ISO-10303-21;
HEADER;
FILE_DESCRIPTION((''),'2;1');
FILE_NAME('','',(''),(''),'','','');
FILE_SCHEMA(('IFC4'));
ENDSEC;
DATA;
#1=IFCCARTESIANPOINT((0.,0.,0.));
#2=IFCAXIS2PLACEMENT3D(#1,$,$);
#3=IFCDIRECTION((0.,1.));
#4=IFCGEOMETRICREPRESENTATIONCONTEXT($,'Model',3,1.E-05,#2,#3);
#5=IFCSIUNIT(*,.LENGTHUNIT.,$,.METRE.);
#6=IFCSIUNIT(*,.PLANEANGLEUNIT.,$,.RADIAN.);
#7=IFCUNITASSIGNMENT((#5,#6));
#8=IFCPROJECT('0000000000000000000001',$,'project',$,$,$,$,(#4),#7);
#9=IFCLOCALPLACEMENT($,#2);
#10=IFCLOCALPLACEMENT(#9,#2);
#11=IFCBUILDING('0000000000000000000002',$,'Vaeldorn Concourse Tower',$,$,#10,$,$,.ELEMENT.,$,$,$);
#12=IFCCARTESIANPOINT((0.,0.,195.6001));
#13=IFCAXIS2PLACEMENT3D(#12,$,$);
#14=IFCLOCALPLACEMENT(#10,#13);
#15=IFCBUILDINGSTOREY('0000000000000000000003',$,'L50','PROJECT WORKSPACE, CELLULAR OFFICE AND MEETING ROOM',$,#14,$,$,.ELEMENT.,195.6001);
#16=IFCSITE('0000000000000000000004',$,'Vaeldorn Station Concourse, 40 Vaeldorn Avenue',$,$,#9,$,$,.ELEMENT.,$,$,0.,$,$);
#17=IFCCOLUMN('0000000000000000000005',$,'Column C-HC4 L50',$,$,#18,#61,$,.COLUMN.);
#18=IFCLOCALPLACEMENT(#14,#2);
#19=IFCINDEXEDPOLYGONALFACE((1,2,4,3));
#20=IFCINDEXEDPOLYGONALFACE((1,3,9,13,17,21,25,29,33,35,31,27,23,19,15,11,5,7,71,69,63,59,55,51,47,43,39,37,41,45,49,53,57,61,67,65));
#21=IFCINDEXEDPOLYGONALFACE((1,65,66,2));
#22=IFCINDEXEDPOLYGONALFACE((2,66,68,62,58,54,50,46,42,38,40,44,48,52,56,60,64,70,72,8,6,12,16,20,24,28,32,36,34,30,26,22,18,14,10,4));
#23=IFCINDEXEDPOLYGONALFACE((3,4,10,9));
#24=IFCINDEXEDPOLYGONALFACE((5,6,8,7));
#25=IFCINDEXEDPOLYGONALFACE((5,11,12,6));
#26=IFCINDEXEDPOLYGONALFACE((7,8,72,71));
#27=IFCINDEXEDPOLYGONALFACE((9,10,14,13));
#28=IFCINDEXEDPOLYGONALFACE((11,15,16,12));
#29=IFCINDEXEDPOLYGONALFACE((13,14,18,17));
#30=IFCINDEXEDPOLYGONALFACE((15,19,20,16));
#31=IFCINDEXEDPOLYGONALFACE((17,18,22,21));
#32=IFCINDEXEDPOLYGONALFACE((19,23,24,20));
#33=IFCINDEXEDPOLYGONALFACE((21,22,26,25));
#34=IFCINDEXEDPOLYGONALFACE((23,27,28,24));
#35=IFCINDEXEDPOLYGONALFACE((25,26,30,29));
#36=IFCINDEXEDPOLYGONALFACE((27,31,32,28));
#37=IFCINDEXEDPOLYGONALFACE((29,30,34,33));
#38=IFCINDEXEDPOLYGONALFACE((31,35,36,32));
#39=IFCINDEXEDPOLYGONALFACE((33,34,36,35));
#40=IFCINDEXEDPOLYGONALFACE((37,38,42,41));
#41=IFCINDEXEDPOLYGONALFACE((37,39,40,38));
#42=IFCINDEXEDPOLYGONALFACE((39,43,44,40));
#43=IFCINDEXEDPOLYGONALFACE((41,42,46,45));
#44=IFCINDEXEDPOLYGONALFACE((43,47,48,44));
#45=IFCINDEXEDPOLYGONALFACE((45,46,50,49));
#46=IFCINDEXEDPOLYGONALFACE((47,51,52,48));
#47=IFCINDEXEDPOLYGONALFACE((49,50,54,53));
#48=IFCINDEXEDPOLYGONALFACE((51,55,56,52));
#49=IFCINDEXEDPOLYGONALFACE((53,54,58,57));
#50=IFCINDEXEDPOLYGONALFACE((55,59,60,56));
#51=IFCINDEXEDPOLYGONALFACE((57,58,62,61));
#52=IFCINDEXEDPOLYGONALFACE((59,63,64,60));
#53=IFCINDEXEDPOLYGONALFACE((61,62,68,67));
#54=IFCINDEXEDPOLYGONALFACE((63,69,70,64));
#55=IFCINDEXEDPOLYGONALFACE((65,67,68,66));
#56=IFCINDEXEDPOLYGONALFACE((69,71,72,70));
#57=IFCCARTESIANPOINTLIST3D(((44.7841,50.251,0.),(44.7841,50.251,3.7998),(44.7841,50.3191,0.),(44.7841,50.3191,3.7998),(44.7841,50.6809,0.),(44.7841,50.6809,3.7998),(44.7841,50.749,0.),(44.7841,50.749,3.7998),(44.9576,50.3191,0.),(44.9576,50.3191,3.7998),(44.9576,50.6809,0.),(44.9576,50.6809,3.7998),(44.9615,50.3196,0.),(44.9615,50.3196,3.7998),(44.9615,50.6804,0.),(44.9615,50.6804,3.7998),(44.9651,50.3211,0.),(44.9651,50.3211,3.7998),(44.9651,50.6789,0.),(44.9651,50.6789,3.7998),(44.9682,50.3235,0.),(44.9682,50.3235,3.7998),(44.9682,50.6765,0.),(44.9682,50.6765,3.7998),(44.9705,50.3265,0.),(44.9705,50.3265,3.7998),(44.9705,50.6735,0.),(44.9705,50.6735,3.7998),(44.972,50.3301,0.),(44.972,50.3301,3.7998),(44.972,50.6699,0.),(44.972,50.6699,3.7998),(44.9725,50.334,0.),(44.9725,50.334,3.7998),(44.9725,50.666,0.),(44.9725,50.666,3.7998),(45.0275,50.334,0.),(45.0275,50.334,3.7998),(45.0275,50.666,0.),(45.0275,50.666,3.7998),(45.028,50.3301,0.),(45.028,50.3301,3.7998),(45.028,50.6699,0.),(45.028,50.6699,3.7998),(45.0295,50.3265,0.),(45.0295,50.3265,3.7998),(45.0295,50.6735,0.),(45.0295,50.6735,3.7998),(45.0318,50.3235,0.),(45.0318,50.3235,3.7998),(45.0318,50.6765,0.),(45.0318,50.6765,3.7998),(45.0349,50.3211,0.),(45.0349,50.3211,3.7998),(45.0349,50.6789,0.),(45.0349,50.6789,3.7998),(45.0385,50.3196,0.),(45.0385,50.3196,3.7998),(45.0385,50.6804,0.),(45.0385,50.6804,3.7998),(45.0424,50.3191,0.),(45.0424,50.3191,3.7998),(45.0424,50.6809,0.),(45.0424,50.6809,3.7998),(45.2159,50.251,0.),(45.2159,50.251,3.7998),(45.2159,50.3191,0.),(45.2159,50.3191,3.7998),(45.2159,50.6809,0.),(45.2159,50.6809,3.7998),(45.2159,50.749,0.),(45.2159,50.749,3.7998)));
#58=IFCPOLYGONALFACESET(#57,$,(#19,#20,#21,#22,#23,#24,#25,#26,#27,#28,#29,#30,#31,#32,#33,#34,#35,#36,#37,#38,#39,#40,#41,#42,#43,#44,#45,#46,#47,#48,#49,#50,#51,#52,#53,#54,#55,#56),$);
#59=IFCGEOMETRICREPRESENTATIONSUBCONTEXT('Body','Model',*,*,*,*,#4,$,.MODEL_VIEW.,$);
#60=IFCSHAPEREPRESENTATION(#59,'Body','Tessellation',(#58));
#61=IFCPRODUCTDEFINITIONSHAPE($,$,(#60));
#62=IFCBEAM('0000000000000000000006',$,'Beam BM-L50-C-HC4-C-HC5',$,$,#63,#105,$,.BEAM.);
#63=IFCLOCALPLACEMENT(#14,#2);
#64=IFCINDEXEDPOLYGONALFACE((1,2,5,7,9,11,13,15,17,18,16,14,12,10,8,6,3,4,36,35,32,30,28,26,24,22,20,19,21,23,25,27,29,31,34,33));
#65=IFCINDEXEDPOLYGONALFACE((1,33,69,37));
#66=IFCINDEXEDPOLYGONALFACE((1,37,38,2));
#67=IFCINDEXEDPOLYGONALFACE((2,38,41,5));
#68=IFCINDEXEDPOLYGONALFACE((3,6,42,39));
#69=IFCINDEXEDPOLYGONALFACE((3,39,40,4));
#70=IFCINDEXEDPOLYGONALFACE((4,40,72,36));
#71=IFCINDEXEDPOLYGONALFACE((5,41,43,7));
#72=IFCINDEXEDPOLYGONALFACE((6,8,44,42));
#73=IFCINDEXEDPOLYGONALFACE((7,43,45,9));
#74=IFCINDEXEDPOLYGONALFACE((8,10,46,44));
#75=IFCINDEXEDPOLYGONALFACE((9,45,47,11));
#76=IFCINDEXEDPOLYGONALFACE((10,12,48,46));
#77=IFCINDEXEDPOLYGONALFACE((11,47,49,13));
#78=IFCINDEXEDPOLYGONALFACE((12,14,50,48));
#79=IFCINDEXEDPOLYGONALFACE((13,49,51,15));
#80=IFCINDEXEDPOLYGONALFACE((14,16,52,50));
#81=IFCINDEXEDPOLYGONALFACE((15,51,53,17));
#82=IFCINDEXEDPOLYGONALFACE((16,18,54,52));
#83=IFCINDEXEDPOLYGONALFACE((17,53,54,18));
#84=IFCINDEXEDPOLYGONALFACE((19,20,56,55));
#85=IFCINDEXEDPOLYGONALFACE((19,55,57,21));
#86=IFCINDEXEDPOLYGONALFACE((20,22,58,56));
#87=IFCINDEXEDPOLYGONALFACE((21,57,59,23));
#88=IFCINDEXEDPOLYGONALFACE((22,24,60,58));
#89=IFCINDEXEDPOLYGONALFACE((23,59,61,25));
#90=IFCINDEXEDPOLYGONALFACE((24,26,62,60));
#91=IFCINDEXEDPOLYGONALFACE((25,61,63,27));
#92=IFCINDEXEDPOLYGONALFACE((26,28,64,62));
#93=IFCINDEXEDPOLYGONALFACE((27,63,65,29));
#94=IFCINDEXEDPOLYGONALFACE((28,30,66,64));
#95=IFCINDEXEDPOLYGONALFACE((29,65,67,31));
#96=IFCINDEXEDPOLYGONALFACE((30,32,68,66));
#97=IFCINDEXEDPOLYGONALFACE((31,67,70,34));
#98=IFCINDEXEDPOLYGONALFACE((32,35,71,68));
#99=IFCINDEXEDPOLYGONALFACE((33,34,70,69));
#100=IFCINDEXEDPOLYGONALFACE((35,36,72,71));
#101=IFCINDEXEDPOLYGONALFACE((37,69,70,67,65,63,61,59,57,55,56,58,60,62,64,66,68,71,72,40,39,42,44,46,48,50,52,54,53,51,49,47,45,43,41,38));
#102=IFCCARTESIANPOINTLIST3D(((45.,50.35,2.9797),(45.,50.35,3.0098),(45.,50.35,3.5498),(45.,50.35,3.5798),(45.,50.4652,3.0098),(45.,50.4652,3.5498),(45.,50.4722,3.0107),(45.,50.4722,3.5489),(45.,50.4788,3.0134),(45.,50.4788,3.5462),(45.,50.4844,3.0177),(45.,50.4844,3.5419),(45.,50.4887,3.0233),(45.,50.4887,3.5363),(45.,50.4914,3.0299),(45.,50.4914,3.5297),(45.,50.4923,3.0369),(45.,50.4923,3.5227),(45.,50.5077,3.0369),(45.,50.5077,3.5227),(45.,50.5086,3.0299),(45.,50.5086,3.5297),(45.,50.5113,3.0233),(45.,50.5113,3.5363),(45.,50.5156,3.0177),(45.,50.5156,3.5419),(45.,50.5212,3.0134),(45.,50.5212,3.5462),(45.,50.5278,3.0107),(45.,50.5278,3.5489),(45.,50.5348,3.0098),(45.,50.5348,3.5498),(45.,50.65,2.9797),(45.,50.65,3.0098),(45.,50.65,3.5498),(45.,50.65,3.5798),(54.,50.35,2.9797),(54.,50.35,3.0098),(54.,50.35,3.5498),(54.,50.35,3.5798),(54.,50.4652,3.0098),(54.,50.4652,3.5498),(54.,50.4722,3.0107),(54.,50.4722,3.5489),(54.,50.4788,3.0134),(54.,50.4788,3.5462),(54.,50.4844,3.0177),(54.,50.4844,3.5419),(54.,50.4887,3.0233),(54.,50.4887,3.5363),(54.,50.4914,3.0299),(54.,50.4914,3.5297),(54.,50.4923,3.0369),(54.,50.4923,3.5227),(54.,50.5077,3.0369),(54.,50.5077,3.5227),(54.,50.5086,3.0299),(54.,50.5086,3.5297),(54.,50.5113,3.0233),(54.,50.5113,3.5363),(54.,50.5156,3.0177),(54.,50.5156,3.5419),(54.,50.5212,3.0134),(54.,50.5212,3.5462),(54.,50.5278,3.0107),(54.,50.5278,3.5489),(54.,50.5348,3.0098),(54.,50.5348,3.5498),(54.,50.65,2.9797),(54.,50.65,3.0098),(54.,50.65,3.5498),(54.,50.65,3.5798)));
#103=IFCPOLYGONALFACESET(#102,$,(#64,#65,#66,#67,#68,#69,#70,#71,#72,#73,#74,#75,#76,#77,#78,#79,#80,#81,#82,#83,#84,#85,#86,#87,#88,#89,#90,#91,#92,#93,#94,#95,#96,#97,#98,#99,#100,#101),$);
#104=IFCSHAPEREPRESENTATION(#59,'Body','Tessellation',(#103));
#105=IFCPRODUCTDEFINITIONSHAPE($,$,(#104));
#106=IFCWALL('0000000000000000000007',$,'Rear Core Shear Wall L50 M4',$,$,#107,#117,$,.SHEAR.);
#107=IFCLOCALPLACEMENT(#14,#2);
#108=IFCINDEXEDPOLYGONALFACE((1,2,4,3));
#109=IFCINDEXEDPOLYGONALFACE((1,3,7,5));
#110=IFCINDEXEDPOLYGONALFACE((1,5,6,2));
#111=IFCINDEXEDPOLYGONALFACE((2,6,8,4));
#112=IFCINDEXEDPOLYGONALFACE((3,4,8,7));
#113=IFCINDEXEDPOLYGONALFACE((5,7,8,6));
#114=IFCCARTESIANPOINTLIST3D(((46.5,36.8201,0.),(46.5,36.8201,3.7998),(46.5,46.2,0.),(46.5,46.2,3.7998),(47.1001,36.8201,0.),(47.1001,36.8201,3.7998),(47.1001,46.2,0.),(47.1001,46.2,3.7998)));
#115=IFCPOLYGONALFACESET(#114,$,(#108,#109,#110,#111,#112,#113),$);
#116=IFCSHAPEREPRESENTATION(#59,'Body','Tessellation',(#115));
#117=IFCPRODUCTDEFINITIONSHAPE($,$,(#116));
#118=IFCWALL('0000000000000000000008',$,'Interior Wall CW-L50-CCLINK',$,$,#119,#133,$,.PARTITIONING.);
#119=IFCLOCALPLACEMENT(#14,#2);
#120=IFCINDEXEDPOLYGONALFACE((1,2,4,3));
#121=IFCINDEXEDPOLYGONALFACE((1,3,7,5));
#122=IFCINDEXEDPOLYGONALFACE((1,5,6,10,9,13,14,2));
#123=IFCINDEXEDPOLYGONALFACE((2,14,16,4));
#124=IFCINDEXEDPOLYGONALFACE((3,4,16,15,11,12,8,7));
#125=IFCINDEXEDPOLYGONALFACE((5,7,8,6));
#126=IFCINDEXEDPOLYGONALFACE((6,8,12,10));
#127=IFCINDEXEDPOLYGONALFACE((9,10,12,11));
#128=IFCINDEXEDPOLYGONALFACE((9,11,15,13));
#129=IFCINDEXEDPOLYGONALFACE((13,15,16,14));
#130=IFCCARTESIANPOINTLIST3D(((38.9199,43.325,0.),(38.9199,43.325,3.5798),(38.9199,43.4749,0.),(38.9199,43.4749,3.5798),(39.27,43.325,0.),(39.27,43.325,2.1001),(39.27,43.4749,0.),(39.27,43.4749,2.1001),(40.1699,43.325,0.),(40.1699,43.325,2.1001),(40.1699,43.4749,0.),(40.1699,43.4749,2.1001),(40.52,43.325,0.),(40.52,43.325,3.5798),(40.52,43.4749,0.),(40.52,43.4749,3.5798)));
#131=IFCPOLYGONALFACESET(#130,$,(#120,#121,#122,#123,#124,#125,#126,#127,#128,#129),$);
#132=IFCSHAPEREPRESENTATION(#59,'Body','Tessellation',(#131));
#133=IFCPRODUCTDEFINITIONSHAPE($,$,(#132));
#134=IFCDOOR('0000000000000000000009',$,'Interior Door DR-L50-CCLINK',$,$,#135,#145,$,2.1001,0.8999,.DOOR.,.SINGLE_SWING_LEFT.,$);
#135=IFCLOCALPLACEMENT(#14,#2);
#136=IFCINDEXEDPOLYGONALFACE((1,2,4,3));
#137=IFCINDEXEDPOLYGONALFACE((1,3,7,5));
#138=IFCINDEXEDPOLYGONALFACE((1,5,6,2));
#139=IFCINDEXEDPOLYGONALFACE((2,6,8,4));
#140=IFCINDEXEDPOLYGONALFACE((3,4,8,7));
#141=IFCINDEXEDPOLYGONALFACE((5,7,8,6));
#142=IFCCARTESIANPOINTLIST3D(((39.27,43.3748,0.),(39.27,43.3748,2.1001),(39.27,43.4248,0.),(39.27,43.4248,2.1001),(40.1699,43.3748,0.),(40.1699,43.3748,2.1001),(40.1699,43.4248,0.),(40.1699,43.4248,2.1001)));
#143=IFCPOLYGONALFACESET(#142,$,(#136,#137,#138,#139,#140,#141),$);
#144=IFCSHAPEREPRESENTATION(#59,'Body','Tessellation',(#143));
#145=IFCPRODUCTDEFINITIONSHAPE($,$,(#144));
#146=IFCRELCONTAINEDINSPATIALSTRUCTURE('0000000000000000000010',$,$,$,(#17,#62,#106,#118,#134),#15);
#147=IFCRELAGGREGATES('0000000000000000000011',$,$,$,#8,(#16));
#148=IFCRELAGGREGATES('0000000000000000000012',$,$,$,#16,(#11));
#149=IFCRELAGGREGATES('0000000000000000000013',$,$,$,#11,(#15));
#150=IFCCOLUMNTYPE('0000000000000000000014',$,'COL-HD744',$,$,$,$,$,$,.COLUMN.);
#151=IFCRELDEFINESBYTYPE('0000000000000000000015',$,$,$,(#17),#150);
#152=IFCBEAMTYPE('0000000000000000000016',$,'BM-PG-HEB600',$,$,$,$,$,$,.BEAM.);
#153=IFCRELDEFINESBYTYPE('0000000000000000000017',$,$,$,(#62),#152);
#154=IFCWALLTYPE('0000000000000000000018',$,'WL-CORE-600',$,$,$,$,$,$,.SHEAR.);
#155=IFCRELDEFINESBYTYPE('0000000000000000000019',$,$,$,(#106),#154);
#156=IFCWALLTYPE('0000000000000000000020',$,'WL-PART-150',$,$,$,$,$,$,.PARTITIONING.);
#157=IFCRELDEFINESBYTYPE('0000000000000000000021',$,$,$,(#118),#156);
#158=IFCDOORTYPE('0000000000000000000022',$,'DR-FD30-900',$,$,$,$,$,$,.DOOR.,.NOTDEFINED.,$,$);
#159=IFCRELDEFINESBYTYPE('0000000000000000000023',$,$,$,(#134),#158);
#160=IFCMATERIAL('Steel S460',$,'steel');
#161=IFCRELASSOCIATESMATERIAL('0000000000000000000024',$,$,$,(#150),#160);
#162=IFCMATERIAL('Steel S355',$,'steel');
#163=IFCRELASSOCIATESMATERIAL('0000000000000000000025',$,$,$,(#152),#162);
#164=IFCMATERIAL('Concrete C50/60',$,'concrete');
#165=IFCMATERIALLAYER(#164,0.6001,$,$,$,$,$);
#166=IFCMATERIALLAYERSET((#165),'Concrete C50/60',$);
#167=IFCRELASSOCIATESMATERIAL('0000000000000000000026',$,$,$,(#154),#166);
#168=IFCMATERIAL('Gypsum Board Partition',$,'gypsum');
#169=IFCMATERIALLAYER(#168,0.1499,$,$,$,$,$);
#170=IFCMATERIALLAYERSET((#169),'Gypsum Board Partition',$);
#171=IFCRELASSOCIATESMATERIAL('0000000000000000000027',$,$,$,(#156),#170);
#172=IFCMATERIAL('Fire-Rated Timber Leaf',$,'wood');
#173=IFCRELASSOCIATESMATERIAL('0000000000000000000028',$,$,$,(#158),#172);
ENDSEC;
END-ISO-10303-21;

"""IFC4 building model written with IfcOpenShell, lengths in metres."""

from ifc_helpers import new_model, si_unit, direction, frame, frame_2d, origin, origin_2d, place, context, subcontext, project, spatial, rectangle, i_section, extrude, source, transform, mapped, material, layer, layer_set, material_profile, profile_set, type_object, element, fill, save


model = new_model("IFC4")

# Units and contexts
model_context = context("Model", 3, precision=1e-05, world=origin(), true_north=direction((0.0, 1.0)))
body_context = subcontext(model_context, "Body", "Model", "MODEL_VIEW")
ifc_project = project(units=[si_unit("LENGTHUNIT", "METRE"), si_unit("PLANEANGLEUNIT", "RADIAN")], contexts=[model_context])

# Site, building, storey
site_placement = place(None, origin())
site = spatial("IfcSite", under=ifc_project, at=site_placement, Name="Vaeldorn Station Concourse, 40 Vaeldorn Avenue", CompositionType="ELEMENT", RefElevation=0.0)
building_placement = place(site_placement, origin())
building = spatial("IfcBuilding", under=site, at=building_placement, Name="Vaeldorn Concourse Tower", CompositionType="ELEMENT")
storey_placement = place(building_placement, frame((0.0, 0.0, 195.6001)))
storey = spatial("IfcBuildingStorey", under=building, at=storey_placement, Name="L50", Description="PROJECT WORKSPACE, CELLULAR OFFICE AND MEETING ROOM", CompositionType="ELEMENT", Elevation=195.6001)

# Column
ifc_material_1 = material(Name="Steel S460", Category="steel")
ifc_material_profile_1 = material_profile(ifc_material_1, i_section(OverallWidth=0.4319, OverallDepth=0.498, WebThickness=0.0549, FlangeThickness=0.0681, FilletRadius=0.0149, at=origin_2d()), Name="HD 400x744")
ifc_profile_set_1 = profile_set([ifc_material_profile_1], Name="Steel S460")
column_type = type_object("IfcColumnType", Name="COL-HD744", PredefinedType="COLUMN", material=ifc_profile_set_1)
shared_shape_1 = source(origin(), body_context, "Body", "SweptSolid", [
    extrude(i_section(OverallWidth=0.4319, OverallDepth=0.498, WebThickness=0.0549, FlangeThickness=0.0681, FilletRadius=0.0149, at=origin_2d()), origin(), (0.0, 0.0, 1.0), 3.7998),
])
column_placement = place(storey_placement, frame((45.0, 50.5, 0.0), z_axis=(0.0, 0.0, 1.0), x_axis=(1.0, 0.0, 0.0)))
element("IfcColumn", 1, at=column_placement, inside=storey, type_object=column_type, Name="Column C-HC4 L50", PredefinedType="COLUMN", context=body_context, shape_type="MappedRepresentation", body=[
    mapped(shared_shape_1, transform((0.0, 0.0, 0.0), scale=1.0)),
])

# Beam
ifc_material_2 = material(Name="Steel S355", Category="steel")
ifc_material_profile_2 = material_profile(ifc_material_2, i_section(OverallWidth=0.3, OverallDepth=0.6001, WebThickness=0.0154, FlangeThickness=0.03, FilletRadius=0.0271, at=origin_2d()), Name="HEB 600")
ifc_profile_set_2 = profile_set([ifc_material_profile_2], Name="Steel S355")
beam_type = type_object("IfcBeamType", Name="BM-PG-HEB600", PredefinedType="BEAM", material=ifc_profile_set_2)
shared_shape_2 = source(origin(), body_context, "Body", "SweptSolid", [
    extrude(i_section(OverallWidth=0.3, OverallDepth=0.6001, WebThickness=0.0154, FlangeThickness=0.03, FilletRadius=0.0271, at=origin_2d()), origin(), (0.0, 0.0, 1.0), 9.0),
])
beam_placement = place(storey_placement, frame((45.0, 50.5, 3.2798), z_axis=(1.0, 0.0, 0.0), x_axis=(0.0, 1.0, 0.0)))
element("IfcBeam", 2, at=beam_placement, inside=storey, type_object=beam_type, Name="Beam BM-L50-C-HC4-C-HC5", PredefinedType="BEAM", context=body_context, shape_type="MappedRepresentation", body=[
    mapped(shared_shape_2, transform((0.0, 0.0, 0.0), scale=1.0)),
])

# Wall
ifc_material_3 = material(Name="Concrete C50/60", Category="concrete")
ifc_layer_1 = layer(ifc_material_3, 0.6001)
ifc_layer_set_1 = layer_set([ifc_layer_1], Name="Concrete C50/60")
wall_type_1 = type_object("IfcWallType", Name="WL-CORE-600", PredefinedType="SHEAR", material=ifc_layer_set_1)
wall_1_placement = place(storey_placement, frame((46.8, 36.8201, 0.0), z_axis=(0.0, 0.0, 1.0), x_axis=(0.0, 1.0, 0.0)))
element("IfcWall", 3, at=wall_1_placement, inside=storey, type_object=wall_type_1, Name="Rear Core Shear Wall L50 M4", PredefinedType="SHEAR", context=body_context, shape_type="SweptSolid", body=[
    extrude(rectangle(XDim=9.3799, YDim=0.6001, at=frame_2d((4.6899, 0.0))), origin(), (0.0, 0.0, 1.0), 3.7998),
])

# Wall, opening, door
ifc_material_4 = material(Name="Gypsum Board Partition", Category="gypsum")
ifc_layer_2 = layer(ifc_material_4, 0.1499)
ifc_layer_set_2 = layer_set([ifc_layer_2], Name="Gypsum Board Partition")
wall_type_2 = type_object("IfcWallType", Name="WL-PART-150", PredefinedType="PARTITIONING", material=ifc_layer_set_2)
wall_2_placement = place(storey_placement, frame((38.9199, 43.3999, 0.0), z_axis=(0.0, 0.0, 1.0), x_axis=(1.0, 0.0, 0.0)))
wall_2 = element("IfcWall", 4, at=wall_2_placement, inside=storey, type_object=wall_type_2, Name="Interior Wall CW-L50-CCLINK", PredefinedType="PARTITIONING", context=body_context, shape_type="SweptSolid", body=[
    extrude(rectangle(XDim=1.6001, YDim=0.1499, at=frame_2d((0.8, 0.0))), origin(), (0.0, 0.0, 1.0), 3.5798),
])
opening_1_placement = place(wall_2_placement, frame((0.3501, 0.0, 0.0)))
opening_1 = element("IfcOpeningElement", 5, at=opening_1_placement, cuts=wall_2, PredefinedType="OPENING", context=body_context, shape_type="SweptSolid", body=[
    extrude(rectangle(XDim=0.8999, YDim=2.1001, at=frame_2d((0.45, 1.05))), frame((0.0, 0.085, 0.0), z_axis=(0.0, -1.0, 0.0), x_axis=(1.0, 0.0, 0.0)), (0.0, 0.0, 1.0), 0.1699),
])
ifc_material_5 = material(Name="Fire-Rated Timber Leaf", Category="wood")
door_type_1 = type_object("IfcDoorType", Name="DR-FD30-900", OperationType="NOTDEFINED", PredefinedType="DOOR", material=ifc_material_5)
shared_shape_3 = source(origin(), body_context, "Body", "SweptSolid", [
    extrude(rectangle(XDim=0.8999, YDim=2.1001, at=frame_2d((0.45, 1.05))), frame((0.0, 0.0249, 0.0), z_axis=(0.0, -1.0, 0.0), x_axis=(1.0, 0.0, 0.0)), (0.0, 0.0, 1.0), 0.05),
])
door_1_placement = place(opening_1_placement, origin())
door_1 = element("IfcDoor", 6, at=door_1_placement, inside=storey, type_object=door_type_1, Name="Interior Door DR-L50-CCLINK", OperationType="SINGLE_SWING_LEFT", OverallHeight=2.1001, OverallWidth=0.8999, PredefinedType="DOOR", context=body_context, shape_type="MappedRepresentation", body=[
    mapped(shared_shape_3, transform((0.0, 0.0, 0.0), scale=1.0)),
])
fill(opening_1, door_1)

save(model, "model.ifc")
